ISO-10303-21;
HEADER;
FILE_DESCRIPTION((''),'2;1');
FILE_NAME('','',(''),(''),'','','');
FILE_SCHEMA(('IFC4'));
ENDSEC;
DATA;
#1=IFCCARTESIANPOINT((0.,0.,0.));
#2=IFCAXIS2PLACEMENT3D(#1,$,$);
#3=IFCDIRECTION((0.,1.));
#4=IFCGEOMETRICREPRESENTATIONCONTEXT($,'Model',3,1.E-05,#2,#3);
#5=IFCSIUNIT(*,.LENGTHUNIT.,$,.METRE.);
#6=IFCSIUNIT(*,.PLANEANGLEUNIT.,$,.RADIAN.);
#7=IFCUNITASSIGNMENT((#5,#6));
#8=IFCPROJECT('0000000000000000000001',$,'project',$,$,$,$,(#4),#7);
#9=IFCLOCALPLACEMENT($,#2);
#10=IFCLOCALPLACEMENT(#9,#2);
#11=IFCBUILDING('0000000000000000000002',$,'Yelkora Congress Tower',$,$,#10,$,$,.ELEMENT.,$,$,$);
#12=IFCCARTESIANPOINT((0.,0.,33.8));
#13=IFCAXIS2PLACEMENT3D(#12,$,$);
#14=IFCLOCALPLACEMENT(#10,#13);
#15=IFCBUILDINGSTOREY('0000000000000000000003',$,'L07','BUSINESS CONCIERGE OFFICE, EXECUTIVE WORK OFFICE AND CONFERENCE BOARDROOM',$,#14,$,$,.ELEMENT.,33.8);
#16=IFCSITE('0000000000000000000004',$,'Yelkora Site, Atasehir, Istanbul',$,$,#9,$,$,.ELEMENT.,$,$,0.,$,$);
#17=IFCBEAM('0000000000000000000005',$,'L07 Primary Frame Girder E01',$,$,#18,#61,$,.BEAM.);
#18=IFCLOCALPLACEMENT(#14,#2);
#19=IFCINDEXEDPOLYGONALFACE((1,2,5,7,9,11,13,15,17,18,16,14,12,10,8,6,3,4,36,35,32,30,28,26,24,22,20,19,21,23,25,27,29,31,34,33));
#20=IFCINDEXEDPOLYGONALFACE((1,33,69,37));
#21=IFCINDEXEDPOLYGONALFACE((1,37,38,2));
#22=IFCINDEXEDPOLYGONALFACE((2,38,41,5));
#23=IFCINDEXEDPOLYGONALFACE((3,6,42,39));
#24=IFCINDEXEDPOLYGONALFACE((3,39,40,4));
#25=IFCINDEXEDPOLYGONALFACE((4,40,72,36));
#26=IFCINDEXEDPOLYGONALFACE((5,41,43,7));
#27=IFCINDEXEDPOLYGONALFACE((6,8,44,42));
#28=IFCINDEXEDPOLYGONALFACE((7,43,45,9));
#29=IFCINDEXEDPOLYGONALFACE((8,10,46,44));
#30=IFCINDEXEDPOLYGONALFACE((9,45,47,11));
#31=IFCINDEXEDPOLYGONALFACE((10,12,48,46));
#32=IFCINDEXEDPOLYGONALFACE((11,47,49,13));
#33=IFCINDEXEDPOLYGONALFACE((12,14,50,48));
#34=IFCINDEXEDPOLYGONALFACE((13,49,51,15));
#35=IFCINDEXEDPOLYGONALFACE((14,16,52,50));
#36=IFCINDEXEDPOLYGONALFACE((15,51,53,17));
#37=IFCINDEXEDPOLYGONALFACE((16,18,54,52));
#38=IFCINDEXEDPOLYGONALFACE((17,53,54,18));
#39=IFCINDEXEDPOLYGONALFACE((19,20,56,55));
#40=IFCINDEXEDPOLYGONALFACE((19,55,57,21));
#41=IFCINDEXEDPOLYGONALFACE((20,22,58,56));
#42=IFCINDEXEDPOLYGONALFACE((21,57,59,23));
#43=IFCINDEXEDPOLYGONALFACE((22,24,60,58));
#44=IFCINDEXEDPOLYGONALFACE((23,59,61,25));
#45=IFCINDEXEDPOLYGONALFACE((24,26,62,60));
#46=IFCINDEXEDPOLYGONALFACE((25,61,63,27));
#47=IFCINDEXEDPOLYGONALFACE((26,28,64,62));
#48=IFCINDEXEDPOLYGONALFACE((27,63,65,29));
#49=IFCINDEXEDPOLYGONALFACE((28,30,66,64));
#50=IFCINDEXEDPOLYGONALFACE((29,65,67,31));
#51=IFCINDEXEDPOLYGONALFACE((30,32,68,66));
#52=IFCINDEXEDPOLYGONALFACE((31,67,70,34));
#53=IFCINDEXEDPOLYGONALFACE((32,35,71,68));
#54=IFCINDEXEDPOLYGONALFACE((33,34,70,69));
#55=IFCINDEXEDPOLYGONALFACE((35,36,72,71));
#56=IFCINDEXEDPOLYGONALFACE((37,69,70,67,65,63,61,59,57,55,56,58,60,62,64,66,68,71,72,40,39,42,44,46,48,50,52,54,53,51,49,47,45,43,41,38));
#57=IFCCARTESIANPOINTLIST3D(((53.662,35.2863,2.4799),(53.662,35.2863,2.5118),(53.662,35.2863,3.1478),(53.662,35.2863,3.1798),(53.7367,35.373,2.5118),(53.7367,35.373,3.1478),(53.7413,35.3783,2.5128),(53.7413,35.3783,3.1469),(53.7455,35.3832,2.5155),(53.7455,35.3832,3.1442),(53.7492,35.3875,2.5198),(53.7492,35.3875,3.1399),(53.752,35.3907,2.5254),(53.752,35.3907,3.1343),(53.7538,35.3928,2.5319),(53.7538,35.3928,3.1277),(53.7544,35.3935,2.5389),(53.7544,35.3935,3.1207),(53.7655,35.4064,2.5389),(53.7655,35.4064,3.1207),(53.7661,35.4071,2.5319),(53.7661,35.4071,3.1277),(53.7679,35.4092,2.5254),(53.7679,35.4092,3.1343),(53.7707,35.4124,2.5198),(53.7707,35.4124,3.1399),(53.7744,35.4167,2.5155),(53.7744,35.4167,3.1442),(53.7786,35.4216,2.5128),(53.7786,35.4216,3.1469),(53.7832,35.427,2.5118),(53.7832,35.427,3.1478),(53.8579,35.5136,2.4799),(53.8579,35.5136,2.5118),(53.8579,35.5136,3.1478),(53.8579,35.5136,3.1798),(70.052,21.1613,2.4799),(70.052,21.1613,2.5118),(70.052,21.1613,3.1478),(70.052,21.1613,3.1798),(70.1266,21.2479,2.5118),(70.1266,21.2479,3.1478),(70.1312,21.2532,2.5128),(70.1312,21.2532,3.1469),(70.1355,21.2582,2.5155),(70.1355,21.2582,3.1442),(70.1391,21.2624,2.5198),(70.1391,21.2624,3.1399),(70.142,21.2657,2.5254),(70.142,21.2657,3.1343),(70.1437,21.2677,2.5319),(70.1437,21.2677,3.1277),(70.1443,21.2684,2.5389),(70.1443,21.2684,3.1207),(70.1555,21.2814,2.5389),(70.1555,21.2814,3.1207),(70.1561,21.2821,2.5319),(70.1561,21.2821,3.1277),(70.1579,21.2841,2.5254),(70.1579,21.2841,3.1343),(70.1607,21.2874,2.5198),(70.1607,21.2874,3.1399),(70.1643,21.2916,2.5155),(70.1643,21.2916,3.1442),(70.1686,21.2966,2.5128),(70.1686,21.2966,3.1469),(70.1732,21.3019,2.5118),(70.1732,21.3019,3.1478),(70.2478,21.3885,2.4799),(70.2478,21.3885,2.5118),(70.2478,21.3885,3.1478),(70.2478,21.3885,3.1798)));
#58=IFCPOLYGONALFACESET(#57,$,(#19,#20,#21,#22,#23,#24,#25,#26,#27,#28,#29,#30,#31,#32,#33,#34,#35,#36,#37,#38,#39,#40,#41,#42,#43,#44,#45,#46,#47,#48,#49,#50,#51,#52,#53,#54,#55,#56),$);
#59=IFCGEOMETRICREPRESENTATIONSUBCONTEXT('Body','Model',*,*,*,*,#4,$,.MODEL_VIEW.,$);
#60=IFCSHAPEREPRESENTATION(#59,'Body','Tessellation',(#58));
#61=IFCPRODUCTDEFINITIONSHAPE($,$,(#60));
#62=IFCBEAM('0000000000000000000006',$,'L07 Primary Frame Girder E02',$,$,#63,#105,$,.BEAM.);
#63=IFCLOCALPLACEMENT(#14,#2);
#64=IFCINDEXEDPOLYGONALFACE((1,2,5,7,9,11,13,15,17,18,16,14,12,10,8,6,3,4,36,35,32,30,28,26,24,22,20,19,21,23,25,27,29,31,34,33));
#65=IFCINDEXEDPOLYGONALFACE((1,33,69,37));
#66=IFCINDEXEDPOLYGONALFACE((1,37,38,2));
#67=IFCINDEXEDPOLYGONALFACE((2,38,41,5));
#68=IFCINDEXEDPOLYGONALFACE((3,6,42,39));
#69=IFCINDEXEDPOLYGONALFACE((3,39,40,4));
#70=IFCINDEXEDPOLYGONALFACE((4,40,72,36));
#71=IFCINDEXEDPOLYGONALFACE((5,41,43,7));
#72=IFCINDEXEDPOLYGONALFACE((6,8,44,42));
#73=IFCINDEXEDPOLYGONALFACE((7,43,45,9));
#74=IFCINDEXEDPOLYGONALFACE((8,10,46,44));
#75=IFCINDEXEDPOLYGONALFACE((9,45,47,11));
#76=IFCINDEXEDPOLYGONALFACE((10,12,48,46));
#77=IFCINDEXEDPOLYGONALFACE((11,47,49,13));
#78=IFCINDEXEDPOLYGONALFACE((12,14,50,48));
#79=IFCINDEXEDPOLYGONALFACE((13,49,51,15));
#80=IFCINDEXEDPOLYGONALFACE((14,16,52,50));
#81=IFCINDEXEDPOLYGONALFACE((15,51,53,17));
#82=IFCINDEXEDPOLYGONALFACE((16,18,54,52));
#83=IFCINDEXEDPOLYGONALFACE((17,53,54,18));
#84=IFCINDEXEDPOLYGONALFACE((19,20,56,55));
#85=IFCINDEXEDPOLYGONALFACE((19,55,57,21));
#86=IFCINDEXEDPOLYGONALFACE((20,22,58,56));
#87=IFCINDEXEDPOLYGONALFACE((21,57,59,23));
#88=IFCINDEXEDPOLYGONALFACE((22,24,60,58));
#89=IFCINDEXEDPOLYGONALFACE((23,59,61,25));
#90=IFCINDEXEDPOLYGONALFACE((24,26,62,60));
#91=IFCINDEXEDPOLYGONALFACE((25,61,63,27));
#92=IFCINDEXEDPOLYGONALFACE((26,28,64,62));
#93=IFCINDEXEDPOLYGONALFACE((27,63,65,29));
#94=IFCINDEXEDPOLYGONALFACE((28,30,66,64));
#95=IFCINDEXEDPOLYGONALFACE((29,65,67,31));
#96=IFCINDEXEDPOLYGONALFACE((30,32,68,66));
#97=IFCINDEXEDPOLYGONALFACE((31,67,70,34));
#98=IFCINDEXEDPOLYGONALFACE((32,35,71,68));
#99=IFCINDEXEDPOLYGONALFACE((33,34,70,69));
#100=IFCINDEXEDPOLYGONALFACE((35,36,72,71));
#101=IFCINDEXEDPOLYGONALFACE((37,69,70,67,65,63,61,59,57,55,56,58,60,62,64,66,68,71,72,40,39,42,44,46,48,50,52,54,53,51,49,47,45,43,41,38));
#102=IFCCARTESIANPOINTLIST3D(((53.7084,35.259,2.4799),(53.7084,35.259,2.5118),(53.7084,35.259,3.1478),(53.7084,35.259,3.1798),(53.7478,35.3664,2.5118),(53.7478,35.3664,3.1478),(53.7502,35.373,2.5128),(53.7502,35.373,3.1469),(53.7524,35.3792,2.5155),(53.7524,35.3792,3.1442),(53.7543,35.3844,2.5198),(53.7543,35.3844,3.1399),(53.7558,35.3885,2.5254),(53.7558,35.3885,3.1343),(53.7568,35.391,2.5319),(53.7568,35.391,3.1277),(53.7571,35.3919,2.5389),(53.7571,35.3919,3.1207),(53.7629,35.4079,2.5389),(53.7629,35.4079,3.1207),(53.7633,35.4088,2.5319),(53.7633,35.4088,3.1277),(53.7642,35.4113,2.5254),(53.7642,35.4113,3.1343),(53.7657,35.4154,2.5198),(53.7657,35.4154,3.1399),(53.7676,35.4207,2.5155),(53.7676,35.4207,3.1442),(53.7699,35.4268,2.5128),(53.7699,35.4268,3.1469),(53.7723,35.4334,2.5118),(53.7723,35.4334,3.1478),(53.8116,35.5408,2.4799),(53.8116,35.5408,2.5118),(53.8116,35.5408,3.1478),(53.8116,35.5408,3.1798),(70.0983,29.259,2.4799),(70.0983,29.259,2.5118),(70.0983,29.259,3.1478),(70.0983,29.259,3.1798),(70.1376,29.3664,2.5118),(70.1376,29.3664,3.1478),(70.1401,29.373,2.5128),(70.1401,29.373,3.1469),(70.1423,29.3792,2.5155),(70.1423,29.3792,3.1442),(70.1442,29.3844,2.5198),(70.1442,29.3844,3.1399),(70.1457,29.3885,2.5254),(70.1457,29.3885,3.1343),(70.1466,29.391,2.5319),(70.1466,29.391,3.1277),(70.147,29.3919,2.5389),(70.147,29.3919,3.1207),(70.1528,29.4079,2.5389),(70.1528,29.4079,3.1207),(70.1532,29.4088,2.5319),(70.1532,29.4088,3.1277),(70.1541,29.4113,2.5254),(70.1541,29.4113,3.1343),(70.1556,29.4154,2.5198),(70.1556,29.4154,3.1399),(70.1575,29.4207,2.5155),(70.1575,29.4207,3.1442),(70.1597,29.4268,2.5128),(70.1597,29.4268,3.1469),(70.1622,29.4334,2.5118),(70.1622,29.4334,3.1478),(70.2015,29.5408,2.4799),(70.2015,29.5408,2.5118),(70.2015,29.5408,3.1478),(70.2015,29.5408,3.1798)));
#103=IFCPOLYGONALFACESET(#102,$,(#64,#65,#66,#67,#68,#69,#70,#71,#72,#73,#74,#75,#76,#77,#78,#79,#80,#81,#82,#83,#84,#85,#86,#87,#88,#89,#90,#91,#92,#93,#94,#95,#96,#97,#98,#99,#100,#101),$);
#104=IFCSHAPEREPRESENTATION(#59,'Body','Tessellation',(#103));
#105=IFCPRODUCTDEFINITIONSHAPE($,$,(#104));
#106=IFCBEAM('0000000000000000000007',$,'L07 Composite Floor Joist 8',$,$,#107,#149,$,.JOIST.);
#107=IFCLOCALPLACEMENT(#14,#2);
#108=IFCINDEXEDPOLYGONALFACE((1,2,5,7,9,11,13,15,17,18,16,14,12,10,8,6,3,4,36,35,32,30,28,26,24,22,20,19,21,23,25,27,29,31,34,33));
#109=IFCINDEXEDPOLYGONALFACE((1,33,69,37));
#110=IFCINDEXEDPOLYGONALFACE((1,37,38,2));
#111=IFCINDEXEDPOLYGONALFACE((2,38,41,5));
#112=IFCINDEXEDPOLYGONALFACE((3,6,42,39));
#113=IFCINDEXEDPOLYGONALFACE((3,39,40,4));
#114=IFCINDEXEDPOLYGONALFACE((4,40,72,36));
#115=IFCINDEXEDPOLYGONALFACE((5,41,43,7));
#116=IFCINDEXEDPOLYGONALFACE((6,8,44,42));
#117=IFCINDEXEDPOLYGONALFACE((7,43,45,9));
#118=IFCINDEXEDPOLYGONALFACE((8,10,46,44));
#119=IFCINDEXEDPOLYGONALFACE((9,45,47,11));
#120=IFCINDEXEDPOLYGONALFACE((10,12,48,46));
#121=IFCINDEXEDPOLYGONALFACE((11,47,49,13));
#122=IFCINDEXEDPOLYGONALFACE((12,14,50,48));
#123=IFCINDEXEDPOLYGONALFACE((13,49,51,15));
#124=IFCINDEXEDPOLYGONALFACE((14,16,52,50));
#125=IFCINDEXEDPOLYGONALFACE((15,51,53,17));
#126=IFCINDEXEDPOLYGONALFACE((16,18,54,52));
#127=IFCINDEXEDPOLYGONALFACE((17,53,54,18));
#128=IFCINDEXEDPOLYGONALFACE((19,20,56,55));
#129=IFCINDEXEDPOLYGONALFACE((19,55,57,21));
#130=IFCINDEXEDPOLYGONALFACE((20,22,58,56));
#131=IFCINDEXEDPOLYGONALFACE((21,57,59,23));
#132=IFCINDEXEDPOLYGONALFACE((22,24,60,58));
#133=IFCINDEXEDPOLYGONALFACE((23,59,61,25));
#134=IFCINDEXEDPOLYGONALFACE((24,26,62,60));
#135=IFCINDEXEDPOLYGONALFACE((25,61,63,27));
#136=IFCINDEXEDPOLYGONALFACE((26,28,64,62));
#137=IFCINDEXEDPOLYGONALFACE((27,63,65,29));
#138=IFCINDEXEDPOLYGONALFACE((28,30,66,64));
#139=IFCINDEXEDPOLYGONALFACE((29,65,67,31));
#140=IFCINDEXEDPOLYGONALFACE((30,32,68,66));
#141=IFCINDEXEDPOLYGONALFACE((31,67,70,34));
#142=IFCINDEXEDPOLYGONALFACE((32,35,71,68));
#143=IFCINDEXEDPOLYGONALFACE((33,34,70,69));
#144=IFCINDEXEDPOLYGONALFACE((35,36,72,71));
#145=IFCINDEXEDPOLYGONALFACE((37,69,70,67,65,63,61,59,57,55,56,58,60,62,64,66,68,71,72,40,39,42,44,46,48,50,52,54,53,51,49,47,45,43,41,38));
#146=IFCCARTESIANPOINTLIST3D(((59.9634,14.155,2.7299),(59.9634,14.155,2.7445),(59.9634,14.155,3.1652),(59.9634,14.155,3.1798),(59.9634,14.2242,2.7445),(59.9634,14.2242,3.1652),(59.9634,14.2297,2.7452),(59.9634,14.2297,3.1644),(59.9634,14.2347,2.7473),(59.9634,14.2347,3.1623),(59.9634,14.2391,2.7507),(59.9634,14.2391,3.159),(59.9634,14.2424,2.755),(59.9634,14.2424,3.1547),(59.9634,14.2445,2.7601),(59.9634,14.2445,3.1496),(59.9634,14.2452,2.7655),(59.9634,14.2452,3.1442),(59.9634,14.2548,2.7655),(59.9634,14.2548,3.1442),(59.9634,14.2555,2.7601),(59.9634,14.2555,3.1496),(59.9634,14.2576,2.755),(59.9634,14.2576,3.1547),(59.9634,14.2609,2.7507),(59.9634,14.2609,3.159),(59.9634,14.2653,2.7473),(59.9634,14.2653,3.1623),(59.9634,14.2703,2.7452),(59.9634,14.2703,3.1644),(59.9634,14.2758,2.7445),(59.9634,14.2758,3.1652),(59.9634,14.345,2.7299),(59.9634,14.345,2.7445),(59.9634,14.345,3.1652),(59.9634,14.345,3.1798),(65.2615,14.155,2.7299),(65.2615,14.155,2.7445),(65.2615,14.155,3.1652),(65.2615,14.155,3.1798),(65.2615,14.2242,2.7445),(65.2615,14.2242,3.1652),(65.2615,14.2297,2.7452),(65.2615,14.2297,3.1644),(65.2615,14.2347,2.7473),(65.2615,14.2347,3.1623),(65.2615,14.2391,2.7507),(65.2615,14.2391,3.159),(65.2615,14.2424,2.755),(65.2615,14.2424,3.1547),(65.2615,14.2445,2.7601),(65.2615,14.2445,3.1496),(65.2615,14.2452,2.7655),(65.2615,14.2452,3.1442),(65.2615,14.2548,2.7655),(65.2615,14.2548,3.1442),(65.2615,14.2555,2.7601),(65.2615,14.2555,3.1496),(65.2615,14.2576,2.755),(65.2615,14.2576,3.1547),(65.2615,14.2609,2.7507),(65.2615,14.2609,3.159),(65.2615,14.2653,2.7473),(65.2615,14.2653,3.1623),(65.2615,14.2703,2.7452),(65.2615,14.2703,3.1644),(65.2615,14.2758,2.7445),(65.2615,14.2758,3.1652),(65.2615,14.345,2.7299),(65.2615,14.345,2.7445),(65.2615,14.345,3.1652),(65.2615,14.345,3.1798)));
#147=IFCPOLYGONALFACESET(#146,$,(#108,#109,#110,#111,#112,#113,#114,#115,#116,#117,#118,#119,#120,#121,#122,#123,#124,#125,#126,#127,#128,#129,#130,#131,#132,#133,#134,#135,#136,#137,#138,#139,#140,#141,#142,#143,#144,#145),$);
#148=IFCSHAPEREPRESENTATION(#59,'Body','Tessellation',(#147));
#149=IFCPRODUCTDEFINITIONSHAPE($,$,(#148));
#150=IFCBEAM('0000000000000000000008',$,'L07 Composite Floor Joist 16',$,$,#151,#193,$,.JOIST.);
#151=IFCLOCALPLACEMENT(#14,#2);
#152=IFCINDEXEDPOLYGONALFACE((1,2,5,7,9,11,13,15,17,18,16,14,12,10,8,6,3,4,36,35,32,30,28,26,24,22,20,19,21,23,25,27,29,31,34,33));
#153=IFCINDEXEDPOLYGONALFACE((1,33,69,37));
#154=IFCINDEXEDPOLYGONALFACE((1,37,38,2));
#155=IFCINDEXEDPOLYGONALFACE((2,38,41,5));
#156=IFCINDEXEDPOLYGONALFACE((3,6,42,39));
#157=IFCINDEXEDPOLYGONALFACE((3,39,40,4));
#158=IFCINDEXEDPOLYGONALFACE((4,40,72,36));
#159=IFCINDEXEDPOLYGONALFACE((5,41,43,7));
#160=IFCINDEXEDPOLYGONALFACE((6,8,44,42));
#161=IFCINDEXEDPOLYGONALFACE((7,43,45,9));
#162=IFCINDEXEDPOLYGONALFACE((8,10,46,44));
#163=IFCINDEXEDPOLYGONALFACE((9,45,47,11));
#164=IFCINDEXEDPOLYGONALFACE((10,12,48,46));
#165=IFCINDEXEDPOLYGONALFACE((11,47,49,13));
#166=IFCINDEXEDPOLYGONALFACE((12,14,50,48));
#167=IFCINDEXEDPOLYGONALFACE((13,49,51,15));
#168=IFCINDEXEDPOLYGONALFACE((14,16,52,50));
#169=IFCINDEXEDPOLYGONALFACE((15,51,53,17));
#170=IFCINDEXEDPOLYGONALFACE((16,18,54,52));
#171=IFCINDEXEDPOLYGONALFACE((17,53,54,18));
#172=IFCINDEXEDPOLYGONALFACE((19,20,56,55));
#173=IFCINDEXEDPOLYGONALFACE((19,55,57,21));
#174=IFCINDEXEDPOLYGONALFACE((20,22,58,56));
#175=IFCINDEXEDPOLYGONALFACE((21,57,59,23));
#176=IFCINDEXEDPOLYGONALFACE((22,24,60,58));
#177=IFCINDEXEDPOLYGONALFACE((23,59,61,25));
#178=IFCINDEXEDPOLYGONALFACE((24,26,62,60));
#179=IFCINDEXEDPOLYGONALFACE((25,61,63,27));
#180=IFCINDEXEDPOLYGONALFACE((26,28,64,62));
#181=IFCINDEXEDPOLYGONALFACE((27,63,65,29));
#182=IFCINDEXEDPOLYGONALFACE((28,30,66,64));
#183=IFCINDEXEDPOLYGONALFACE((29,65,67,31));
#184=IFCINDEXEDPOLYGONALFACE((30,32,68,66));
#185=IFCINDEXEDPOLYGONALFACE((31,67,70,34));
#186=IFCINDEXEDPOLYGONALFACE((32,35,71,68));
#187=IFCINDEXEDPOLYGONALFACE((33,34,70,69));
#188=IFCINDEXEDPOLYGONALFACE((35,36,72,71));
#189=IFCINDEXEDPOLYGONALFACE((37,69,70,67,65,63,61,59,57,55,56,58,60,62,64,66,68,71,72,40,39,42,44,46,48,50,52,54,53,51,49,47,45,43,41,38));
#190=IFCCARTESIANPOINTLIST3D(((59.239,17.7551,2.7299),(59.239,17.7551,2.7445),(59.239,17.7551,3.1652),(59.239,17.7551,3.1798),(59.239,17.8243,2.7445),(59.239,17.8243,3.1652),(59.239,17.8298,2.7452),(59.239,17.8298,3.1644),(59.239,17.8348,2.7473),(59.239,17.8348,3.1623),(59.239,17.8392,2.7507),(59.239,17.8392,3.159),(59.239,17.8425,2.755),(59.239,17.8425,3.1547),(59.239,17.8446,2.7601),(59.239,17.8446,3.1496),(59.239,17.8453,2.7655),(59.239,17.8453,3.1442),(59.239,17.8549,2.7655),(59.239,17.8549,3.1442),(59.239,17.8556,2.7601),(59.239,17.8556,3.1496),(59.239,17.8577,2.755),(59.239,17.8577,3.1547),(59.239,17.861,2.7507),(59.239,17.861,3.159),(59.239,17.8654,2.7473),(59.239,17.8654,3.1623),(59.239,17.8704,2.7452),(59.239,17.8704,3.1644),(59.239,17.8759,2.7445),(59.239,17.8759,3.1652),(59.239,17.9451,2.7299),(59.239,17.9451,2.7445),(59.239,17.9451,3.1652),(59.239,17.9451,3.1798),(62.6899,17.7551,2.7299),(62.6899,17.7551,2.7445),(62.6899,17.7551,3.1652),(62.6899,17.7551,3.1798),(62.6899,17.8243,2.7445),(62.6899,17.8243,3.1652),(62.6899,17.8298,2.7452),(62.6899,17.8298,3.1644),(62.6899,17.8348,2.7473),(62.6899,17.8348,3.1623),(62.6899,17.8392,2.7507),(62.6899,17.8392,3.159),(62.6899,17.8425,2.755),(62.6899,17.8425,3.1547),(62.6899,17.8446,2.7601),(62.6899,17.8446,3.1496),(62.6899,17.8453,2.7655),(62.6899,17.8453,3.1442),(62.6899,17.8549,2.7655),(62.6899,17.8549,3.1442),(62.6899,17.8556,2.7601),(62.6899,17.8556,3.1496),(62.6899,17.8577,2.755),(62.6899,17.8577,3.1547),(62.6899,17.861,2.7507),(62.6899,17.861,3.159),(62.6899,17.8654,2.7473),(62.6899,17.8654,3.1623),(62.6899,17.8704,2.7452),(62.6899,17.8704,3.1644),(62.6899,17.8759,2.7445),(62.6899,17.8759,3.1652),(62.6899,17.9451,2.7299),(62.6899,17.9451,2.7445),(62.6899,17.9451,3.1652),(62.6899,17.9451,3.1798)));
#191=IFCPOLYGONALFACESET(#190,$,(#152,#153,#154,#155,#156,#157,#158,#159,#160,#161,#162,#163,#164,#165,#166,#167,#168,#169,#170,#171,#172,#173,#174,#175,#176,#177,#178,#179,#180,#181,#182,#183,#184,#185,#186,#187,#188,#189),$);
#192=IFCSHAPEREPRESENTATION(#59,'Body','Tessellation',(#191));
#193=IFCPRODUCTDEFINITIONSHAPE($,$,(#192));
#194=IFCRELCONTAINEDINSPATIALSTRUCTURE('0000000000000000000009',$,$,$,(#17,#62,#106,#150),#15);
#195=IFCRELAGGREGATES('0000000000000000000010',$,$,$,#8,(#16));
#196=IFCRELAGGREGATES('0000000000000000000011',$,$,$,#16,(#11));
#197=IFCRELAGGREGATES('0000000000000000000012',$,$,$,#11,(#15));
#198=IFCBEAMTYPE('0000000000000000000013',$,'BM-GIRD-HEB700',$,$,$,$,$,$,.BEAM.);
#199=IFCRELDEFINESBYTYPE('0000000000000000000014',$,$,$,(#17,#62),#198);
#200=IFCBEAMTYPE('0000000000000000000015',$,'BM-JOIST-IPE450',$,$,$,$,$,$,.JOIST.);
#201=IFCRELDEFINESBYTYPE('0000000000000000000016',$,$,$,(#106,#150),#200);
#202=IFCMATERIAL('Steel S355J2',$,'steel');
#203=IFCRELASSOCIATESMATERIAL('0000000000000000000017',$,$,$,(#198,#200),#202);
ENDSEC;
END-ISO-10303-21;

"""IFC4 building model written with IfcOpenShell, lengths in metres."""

from ifc_helpers import new_model, si_unit, direction, frame, origin, origin_2d, place, context, subcontext, project, spatial, i_section, extrude, material, material_profile, profile_set, type_object, element, save


model = new_model("IFC4")

# Units and contexts
model_context = context("Model", 3, precision=1e-05, world=origin(), true_north=direction((0.0, 1.0)))
body_context = subcontext(model_context, "Body", "Model", "MODEL_VIEW")
ifc_project = project(units=[si_unit("LENGTHUNIT", "METRE"), si_unit("PLANEANGLEUNIT", "RADIAN")], contexts=[model_context])

# Site, building, storey
site_placement = place(None, origin())
site = spatial("IfcSite", under=ifc_project, at=site_placement, Name="Yelkora Site, Atasehir, Istanbul", CompositionType="ELEMENT", RefElevation=0.0)
building_placement = place(site_placement, origin())
building = spatial("IfcBuilding", under=site, at=building_placement, Name="Yelkora Congress Tower", CompositionType="ELEMENT")
storey_placement = place(building_placement, frame((0.0, 0.0, 33.8)))
storey = spatial("IfcBuildingStorey", under=building, at=storey_placement, Name="L07", Description="BUSINESS CONCIERGE OFFICE, EXECUTIVE WORK OFFICE AND CONFERENCE BOARDROOM", CompositionType="ELEMENT", Elevation=33.8)

# Beams
ifc_material_1 = material(Name="Steel S355J2", Category="steel")
ifc_material_profile_1 = material_profile(ifc_material_1, i_section(OverallWidth=0.3, OverallDepth=0.7, WebThickness=0.0171, FlangeThickness=0.032, FilletRadius=0.0271, at=origin_2d()), Name="HEB 700")
ifc_profile_set_1 = profile_set([ifc_material_profile_1], Name="Steel S355J2")
beam_type_1 = type_object("IfcBeamType", Name="BM-GIRD-HEB700", PredefinedType="BEAM", material=ifc_profile_set_1)
beam_1_placement = place(storey_placement, frame((70.1499, 21.2749, 2.8298), z_axis=(-0.757506, 0.652828, 0.0), x_axis=(-0.652828, -0.757506, 0.0)))
element("IfcBeam", 1, at=beam_1_placement, inside=storey, type_object=beam_type_1, Name="L07 Primary Frame Girder E01", PredefinedType="BEAM", context=body_context, shape_type="SweptSolid", body=[
    extrude(i_section(OverallWidth=0.3, OverallDepth=0.7, WebThickness=0.0171, FlangeThickness=0.032, FilletRadius=0.0271, at=origin_2d()), origin(), (0.0, 0.0, 1.0), 21.6367),
])
beam_2_placement = place(storey_placement, frame((70.1499, 29.3999, 2.8298), z_axis=(-0.939054, 0.343768, 0.0), x_axis=(-0.343768, -0.939054, 0.0)))
element("IfcBeam", 2, at=beam_2_placement, inside=storey, type_object=beam_type_1, Name="L07 Primary Frame Girder E02", PredefinedType="BEAM", context=body_context, shape_type="SweptSolid", body=[
    extrude(i_section(OverallWidth=0.3, OverallDepth=0.7, WebThickness=0.0171, FlangeThickness=0.032, FilletRadius=0.0271, at=origin_2d()), origin(), (0.0, 0.0, 1.0), 17.4536),
])
ifc_material_profile_2 = material_profile(ifc_material_1, i_section(OverallWidth=0.1899, OverallDepth=0.45, WebThickness=0.0095, FlangeThickness=0.0146, FilletRadius=0.021, at=origin_2d()), Name="IPE 450")
ifc_profile_set_2 = profile_set([ifc_material_profile_2], Name="Steel S355J2")
beam_type_2 = type_object("IfcBeamType", Name="BM-JOIST-IPE450", PredefinedType="JOIST", material=ifc_profile_set_2)
beam_3_placement = place(storey_placement, frame((59.9634, 14.25, 2.9548), z_axis=(1.0, 0.0, 0.0), x_axis=(0.0, 1.0, 0.0)))
element("IfcBeam", 3, at=beam_3_placement, inside=storey, type_object=beam_type_2, Name="L07 Composite Floor Joist 8", PredefinedType="JOIST", context=body_context, shape_type="SweptSolid", body=[
    extrude(i_section(OverallWidth=0.1899, OverallDepth=0.45, WebThickness=0.0095, FlangeThickness=0.0146, FilletRadius=0.021, at=origin_2d()), origin(), (0.0, 0.0, 1.0), 5.2981),
])
beam_4_placement = place(storey_placement, frame((59.239, 17.8501, 2.9548), z_axis=(1.0, 0.0, 0.0), x_axis=(0.0, 1.0, 0.0)))
element("IfcBeam", 4, at=beam_4_placement, inside=storey, type_object=beam_type_2, Name="L07 Composite Floor Joist 16", PredefinedType="JOIST", context=body_context, shape_type="SweptSolid", body=[
    extrude(i_section(OverallWidth=0.1899, OverallDepth=0.45, WebThickness=0.0095, FlangeThickness=0.0146, FilletRadius=0.021, at=origin_2d()), origin(), (0.0, 0.0, 1.0), 3.4509),
])

save(model, "model.ifc")
